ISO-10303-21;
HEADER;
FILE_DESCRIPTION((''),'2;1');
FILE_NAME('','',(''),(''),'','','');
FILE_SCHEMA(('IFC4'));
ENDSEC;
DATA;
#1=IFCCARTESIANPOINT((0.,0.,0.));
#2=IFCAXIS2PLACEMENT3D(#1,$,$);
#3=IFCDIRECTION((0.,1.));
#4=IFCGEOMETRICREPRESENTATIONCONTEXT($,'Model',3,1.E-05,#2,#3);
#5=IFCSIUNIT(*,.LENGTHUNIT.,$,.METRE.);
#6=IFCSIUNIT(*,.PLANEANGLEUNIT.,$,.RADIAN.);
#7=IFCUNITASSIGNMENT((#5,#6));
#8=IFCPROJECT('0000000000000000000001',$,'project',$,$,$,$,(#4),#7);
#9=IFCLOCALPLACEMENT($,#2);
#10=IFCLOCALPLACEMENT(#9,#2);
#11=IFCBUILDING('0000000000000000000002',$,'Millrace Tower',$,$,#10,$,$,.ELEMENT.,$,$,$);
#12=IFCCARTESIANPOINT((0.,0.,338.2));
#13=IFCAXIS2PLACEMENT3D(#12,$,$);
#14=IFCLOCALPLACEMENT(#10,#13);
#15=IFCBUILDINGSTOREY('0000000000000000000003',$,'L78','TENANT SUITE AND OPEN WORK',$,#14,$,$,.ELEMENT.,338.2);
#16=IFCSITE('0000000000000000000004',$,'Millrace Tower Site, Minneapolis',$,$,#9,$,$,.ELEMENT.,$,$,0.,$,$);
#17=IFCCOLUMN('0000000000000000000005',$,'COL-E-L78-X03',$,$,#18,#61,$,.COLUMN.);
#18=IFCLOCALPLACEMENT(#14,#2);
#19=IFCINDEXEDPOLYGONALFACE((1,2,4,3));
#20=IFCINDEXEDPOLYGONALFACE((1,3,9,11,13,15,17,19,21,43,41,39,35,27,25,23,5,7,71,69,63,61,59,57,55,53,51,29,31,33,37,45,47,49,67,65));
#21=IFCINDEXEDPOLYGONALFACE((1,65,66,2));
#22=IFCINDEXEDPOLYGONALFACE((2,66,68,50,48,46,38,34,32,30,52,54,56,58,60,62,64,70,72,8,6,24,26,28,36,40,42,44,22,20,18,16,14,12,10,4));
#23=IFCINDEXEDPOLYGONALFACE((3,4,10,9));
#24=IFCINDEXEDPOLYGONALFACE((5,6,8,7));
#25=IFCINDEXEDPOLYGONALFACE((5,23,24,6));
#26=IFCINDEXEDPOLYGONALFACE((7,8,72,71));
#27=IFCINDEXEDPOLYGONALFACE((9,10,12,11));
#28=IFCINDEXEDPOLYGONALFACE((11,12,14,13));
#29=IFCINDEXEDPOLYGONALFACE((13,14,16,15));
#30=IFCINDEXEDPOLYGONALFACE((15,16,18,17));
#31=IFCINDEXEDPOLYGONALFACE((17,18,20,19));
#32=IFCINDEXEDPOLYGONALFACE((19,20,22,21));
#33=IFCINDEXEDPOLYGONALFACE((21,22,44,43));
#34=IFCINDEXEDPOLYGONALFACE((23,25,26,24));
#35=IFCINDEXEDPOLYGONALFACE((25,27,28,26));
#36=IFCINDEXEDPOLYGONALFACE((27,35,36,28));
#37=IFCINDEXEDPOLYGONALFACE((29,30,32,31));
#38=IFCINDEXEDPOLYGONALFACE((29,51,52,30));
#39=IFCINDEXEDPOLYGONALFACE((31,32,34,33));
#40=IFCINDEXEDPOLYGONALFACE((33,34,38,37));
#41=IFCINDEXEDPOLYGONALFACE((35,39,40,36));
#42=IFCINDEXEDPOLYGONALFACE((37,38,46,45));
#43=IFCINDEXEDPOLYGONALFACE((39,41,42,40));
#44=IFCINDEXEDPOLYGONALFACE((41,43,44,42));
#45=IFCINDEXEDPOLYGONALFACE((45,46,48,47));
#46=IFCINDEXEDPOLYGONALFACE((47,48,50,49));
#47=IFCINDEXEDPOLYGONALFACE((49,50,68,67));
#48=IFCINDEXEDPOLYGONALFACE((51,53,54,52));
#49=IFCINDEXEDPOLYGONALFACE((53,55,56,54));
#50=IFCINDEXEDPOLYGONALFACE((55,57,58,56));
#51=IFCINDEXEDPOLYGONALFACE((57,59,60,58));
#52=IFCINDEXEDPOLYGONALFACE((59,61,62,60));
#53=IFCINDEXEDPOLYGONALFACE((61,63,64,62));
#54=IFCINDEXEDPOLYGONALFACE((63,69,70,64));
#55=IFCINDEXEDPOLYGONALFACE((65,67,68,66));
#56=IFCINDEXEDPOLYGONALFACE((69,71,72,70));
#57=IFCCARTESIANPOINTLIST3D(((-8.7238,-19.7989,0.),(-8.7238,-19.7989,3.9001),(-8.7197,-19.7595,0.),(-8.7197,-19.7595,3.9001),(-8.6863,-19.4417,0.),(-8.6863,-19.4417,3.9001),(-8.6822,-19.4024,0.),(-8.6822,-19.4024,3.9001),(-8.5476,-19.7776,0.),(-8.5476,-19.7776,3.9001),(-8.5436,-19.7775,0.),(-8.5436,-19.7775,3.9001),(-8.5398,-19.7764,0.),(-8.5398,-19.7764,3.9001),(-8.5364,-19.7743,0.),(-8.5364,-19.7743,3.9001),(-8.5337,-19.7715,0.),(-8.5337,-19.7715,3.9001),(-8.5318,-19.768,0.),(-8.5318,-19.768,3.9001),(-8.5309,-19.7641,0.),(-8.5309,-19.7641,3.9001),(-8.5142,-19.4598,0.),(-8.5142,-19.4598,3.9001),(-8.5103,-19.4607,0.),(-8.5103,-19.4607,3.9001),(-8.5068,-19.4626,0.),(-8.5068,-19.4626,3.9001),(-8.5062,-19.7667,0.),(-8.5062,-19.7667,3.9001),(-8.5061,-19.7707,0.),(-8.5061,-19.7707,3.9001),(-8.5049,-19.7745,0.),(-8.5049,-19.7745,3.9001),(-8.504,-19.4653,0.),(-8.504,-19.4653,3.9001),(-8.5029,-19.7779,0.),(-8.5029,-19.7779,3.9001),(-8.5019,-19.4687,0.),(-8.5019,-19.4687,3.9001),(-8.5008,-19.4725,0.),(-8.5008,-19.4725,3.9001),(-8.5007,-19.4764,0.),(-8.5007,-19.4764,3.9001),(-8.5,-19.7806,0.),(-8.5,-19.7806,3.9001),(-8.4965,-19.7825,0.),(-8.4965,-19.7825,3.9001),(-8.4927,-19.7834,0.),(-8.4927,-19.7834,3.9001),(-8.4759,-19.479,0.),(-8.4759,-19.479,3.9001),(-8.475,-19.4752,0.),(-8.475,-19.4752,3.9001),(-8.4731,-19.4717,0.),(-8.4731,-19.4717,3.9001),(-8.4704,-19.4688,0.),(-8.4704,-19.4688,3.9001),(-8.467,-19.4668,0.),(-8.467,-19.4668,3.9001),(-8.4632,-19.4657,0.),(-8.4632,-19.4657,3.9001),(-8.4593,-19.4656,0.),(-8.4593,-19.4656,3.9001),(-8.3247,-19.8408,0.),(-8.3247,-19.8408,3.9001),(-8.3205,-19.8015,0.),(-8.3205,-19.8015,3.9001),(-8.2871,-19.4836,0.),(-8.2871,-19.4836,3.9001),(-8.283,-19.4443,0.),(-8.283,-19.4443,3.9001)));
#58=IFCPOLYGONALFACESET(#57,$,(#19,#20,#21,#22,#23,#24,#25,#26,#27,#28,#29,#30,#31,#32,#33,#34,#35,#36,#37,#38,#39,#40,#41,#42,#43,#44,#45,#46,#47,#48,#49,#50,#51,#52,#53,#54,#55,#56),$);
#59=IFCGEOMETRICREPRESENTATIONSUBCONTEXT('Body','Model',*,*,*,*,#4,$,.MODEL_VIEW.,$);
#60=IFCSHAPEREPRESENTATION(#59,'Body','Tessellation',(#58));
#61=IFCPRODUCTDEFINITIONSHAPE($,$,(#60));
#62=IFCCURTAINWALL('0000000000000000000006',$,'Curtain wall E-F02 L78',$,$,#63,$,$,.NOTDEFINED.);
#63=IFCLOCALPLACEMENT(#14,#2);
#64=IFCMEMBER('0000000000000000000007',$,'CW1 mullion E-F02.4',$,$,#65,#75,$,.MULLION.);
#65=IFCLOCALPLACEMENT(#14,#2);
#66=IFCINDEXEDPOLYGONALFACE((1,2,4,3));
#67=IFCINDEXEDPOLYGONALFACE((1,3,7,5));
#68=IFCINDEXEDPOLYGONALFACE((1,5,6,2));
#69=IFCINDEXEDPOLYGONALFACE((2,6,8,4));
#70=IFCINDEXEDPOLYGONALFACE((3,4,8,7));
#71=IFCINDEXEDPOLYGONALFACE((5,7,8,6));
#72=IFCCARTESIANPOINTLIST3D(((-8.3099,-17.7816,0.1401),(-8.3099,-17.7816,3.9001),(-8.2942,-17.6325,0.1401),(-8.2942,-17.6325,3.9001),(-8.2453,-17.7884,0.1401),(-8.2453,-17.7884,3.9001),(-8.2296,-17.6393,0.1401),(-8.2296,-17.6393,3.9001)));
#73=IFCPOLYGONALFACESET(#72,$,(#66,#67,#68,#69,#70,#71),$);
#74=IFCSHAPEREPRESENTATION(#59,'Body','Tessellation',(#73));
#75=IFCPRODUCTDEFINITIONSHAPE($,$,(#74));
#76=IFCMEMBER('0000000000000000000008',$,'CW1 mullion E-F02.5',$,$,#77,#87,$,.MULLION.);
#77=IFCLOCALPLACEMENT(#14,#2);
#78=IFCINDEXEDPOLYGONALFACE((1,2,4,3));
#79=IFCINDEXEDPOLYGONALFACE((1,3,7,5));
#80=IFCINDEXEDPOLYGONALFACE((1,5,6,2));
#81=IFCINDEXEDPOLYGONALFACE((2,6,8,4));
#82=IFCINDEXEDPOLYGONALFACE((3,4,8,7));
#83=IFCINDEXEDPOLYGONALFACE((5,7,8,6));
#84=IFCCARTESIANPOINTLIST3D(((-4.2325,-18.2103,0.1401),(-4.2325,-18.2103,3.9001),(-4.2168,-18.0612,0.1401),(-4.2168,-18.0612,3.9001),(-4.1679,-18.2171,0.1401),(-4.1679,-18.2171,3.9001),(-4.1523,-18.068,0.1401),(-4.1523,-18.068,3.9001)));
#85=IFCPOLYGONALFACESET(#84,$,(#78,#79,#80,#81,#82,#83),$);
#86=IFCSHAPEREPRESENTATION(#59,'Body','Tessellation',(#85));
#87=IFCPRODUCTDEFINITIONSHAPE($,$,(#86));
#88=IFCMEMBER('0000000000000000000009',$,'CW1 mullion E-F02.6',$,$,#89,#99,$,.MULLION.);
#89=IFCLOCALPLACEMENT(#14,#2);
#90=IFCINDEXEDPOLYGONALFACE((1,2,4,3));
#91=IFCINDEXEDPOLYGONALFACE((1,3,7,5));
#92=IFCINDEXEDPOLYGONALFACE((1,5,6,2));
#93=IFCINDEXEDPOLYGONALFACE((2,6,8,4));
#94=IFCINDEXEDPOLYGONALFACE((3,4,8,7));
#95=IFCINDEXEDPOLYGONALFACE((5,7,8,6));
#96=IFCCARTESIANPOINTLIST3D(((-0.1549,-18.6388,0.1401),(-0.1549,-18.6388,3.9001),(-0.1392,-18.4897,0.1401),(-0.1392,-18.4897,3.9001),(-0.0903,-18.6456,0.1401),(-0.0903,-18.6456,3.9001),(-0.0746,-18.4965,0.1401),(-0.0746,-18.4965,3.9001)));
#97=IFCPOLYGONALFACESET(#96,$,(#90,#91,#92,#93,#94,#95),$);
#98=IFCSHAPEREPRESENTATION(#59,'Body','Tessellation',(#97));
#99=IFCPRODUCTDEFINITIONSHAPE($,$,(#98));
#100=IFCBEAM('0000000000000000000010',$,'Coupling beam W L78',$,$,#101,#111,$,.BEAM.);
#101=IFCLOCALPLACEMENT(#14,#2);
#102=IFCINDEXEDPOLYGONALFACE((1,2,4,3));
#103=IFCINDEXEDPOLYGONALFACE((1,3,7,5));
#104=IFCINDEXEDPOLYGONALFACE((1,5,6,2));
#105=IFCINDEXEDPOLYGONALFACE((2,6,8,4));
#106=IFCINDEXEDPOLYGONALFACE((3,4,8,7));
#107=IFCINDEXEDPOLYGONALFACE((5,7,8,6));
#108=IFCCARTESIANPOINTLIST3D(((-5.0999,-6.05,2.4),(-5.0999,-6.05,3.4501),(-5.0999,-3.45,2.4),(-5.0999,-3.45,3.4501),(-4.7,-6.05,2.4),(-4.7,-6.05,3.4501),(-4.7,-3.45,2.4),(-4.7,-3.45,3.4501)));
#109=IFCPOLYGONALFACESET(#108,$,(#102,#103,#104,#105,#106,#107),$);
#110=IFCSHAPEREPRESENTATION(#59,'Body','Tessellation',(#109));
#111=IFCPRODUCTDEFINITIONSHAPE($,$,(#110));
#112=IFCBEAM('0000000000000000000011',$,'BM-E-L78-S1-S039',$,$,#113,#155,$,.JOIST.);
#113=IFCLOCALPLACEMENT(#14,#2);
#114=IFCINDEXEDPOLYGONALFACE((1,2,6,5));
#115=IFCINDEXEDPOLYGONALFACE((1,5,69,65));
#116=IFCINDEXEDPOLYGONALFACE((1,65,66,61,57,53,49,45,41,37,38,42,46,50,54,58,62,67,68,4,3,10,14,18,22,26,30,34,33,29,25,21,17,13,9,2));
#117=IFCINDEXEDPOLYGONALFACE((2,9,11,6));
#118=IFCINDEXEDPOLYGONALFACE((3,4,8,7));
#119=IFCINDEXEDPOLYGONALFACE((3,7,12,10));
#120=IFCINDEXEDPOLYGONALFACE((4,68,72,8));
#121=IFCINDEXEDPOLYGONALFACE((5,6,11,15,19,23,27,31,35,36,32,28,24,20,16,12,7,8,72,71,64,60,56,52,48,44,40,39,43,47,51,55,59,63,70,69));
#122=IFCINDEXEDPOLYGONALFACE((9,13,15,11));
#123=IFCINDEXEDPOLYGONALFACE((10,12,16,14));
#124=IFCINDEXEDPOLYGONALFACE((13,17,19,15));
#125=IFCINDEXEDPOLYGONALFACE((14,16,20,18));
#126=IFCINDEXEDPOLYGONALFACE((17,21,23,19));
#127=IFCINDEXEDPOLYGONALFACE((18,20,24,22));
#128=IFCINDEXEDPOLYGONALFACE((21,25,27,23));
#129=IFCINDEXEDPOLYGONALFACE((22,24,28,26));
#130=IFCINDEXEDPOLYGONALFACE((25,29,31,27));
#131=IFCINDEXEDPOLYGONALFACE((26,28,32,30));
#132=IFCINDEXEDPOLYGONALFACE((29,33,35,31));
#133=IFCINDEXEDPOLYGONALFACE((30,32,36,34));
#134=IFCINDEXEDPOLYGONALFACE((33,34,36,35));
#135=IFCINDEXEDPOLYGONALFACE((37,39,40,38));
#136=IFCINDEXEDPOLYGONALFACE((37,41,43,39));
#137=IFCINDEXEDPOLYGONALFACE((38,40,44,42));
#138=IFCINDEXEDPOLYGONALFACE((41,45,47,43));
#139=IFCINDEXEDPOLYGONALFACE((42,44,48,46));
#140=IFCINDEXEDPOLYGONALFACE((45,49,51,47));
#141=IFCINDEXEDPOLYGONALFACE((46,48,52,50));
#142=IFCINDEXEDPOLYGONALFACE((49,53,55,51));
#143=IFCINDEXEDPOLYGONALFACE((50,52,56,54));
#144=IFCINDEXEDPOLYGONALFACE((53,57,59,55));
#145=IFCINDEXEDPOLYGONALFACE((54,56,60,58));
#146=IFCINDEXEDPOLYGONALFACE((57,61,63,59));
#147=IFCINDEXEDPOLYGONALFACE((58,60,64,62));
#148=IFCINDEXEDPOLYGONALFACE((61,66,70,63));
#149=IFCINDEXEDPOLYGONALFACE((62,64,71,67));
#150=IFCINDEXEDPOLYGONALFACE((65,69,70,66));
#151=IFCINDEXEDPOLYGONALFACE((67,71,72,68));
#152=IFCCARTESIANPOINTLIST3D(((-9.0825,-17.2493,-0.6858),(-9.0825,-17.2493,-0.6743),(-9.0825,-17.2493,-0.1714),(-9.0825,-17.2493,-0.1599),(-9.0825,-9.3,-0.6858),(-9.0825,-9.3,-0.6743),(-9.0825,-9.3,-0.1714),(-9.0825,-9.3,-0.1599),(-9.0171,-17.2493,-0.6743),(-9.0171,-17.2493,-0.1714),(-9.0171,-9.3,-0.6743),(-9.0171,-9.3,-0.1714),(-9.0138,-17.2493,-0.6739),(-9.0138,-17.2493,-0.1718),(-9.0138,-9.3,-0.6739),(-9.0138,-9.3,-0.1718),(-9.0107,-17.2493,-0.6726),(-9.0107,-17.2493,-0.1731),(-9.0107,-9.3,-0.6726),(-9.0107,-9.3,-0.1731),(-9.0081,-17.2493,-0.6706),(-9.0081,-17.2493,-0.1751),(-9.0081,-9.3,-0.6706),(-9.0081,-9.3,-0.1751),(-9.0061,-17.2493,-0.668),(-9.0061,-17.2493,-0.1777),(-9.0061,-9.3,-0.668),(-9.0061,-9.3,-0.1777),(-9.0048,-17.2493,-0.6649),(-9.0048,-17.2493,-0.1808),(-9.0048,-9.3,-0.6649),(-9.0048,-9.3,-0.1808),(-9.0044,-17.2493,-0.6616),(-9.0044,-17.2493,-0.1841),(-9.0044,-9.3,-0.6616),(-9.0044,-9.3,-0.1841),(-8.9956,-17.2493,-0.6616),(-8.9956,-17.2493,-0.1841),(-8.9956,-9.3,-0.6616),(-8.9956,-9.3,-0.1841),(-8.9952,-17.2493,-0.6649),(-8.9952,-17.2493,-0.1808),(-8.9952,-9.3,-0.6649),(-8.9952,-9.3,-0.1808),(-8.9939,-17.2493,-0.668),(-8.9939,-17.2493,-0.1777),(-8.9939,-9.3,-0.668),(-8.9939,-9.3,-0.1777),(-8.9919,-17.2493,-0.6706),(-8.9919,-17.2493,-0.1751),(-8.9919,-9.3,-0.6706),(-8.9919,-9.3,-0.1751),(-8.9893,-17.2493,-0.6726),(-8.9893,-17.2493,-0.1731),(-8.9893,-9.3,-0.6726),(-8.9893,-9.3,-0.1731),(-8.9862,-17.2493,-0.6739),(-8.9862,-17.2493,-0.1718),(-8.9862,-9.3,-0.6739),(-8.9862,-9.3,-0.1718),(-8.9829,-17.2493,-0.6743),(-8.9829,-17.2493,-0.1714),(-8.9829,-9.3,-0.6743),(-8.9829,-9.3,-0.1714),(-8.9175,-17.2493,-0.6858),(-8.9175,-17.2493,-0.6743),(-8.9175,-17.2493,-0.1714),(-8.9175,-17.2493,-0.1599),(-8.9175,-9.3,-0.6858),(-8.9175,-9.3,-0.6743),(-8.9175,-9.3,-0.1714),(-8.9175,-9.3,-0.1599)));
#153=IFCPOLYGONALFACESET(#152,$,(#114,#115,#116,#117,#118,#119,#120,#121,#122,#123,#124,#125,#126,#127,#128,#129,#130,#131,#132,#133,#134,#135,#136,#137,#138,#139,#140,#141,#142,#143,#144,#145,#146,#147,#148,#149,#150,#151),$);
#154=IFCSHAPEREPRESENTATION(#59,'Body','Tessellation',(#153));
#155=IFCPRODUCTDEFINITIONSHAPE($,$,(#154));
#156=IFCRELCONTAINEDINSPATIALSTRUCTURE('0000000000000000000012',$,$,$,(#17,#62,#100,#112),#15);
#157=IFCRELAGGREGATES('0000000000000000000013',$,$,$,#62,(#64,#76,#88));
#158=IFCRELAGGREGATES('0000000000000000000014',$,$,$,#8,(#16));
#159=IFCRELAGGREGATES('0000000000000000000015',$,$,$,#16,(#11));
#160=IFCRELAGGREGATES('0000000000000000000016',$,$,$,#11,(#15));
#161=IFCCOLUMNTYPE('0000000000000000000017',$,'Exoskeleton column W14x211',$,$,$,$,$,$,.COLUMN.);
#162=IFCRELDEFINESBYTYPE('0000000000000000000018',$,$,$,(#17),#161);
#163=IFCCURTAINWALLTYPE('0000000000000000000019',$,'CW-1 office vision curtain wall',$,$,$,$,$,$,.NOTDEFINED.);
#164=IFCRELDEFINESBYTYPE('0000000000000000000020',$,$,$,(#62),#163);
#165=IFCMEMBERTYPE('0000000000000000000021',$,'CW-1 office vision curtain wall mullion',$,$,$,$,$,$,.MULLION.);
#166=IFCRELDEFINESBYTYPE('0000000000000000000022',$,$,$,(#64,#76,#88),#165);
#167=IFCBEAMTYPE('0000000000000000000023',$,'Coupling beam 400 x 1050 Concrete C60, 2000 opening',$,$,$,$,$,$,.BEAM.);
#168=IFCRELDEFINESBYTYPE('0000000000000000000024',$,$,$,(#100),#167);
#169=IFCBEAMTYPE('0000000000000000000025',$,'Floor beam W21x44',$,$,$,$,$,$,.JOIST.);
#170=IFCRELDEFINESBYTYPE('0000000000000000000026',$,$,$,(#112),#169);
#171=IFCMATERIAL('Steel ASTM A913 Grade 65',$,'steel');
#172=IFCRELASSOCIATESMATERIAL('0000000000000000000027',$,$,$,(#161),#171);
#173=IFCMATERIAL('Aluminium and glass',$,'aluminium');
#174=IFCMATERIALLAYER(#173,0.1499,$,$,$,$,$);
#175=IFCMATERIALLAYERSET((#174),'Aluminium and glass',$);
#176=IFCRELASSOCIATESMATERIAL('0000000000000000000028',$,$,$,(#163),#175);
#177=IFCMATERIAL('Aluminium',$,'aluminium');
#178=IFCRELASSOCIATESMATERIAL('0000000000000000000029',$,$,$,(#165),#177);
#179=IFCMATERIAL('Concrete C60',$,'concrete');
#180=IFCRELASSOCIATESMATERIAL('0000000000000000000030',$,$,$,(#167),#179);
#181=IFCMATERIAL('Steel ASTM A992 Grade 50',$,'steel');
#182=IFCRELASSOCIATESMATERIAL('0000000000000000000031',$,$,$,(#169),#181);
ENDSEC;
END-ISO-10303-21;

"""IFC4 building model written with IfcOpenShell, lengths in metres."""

from ifc_helpers import new_model, si_unit, direction, frame, origin, origin_2d, place, context, subcontext, project, spatial, rectangle, i_section, extrude, material, layer, layer_set, material_profile, profile_set, type_object, element, aggregate, save


model = new_model("IFC4")

# Units and contexts
model_context = context("Model", 3, precision=1e-05, world=origin(), true_north=direction((0.0, 1.0)))
body_context = subcontext(model_context, "Body", "Model", "MODEL_VIEW")
ifc_project = project(units=[si_unit("LENGTHUNIT", "METRE"), si_unit("PLANEANGLEUNIT", "RADIAN")], contexts=[model_context])

# Site, building, storey
site_placement = place(None, origin())
site = spatial("IfcSite", under=ifc_project, at=site_placement, Name="Millrace Tower Site, Minneapolis", CompositionType="ELEMENT", RefElevation=0.0)
building_placement = place(site_placement, origin())
building = spatial("IfcBuilding", under=site, at=building_placement, Name="Millrace Tower", CompositionType="ELEMENT")
storey_placement = place(building_placement, frame((0.0, 0.0, 338.2)))
storey = spatial("IfcBuildingStorey", under=building, at=storey_placement, Name="L78", Description="TENANT SUITE AND OPEN WORK", CompositionType="ELEMENT", Elevation=338.2)

# Column
ifc_material_1 = material(Name="Steel ASTM A913 Grade 65", Category="steel")
ifc_material_profile_1 = material_profile(ifc_material_1, i_section(OverallWidth=0.4014, OverallDepth=0.3987, WebThickness=0.0249, FlangeThickness=0.0396, FilletRadius=0.0151, at=origin_2d()))
ifc_profile_set_1 = profile_set([ifc_material_profile_1], Name="Steel ASTM A913 Grade 65")
column_type = type_object("IfcColumnType", Name="Exoskeleton column W14x211", PredefinedType="COLUMN", material=ifc_profile_set_1)
column_placement = place(storey_placement, frame((-8.5034, -19.6216, 0.0), z_axis=(0.0, 0.0, 1.0), x_axis=(0.994522, -0.104528, 0.0)))
element("IfcColumn", 1, at=column_placement, inside=storey, type_object=column_type, Name="COL-E-L78-X03", PredefinedType="COLUMN", context=body_context, shape_type="SweptSolid", body=[
    extrude(i_section(OverallWidth=0.4014, OverallDepth=0.3987, WebThickness=0.0249, FlangeThickness=0.0396, FilletRadius=0.0151, at=origin_2d()), origin(), (0.0, 0.0, 1.0), 3.9001),
])

# Curtain wall, members
ifc_material_2 = material(Name="Aluminium and glass", Category="aluminium")
ifc_layer_1 = layer(ifc_material_2, 0.1499)
ifc_layer_set_1 = layer_set([ifc_layer_1], Name="Aluminium and glass")
curtain_wall_type = type_object("IfcCurtainWallType", Name="CW-1 office vision curtain wall", PredefinedType="NOTDEFINED", material=ifc_layer_set_1)
curtain_wall_placement = place(storey_placement, origin())
curtain_wall = element("IfcCurtainWall", 2, at=curtain_wall_placement, inside=storey, type_object=curtain_wall_type, Name="Curtain wall E-F02 L78", PredefinedType="NOTDEFINED")
ifc_material_3 = material(Name="Aluminium", Category="aluminium")
ifc_material_profile_2 = material_profile(ifc_material_3, rectangle(XDim=0.0649, YDim=0.1499, at=origin_2d()))
ifc_profile_set_2 = profile_set([ifc_material_profile_2], Name="Aluminium")
member_type = type_object("IfcMemberType", Name="CW-1 office vision curtain wall mullion", PredefinedType="MULLION", material=ifc_profile_set_2)
member_1_placement = place(storey_placement, frame((-8.2698, -17.7104, 0.1401), z_axis=(0.0, 0.0, 1.0), x_axis=(0.994522, -0.104528, 0.0)))
member_1 = element("IfcMember", 3, at=member_1_placement, type_object=member_type, Name="CW1 mullion E-F02.4", PredefinedType="MULLION", context=body_context, shape_type="SweptSolid", body=[
    extrude(rectangle(XDim=0.0649, YDim=0.1499, at=origin_2d()), origin(), (0.0, 0.0, 1.0), 3.76),
])
member_2_placement = place(storey_placement, frame((-4.1924, -18.1392, 0.1401), z_axis=(0.0, 0.0, 1.0), x_axis=(0.994522, -0.104528, 0.0)))
member_2 = element("IfcMember", 4, at=member_2_placement, type_object=member_type, Name="CW1 mullion E-F02.5", PredefinedType="MULLION", context=body_context, shape_type="SweptSolid", body=[
    extrude(rectangle(XDim=0.0649, YDim=0.1499, at=origin_2d()), origin(), (0.0, 0.0, 1.0), 3.76),
])
member_3_placement = place(storey_placement, frame((-0.1147, -18.5676, 0.1401), z_axis=(0.0, 0.0, 1.0), x_axis=(0.994522, -0.104528, 0.0)))
member_3 = element("IfcMember", 5, at=member_3_placement, type_object=member_type, Name="CW1 mullion E-F02.6", PredefinedType="MULLION", context=body_context, shape_type="SweptSolid", body=[
    extrude(rectangle(XDim=0.0649, YDim=0.1499, at=origin_2d()), origin(), (0.0, 0.0, 1.0), 3.76),
])
aggregate(curtain_wall, [member_1, member_2, member_3])

# Beams
ifc_material_4 = material(Name="Concrete C60", Category="concrete")
ifc_material_profile_3 = material_profile(ifc_material_4, rectangle(XDim=0.3999, YDim=1.05, at=origin_2d()))
ifc_profile_set_3 = profile_set([ifc_material_profile_3], Name="Concrete C60")
beam_type_1 = type_object("IfcBeamType", Name="Coupling beam 400 x 1050 Concrete C60, 2000 opening", PredefinedType="BEAM", material=ifc_profile_set_3)
beam_1_placement = place(storey_placement, frame((-4.8999, -6.05, 2.925), z_axis=(0.0, 1.0, 0.0), x_axis=(-1.0, 0.0, 0.0)))
element("IfcBeam", 6, at=beam_1_placement, inside=storey, type_object=beam_type_1, Name="Coupling beam W L78", PredefinedType="BEAM", context=body_context, shape_type="SweptSolid", body=[
    extrude(rectangle(XDim=0.3999, YDim=1.05, at=origin_2d()), origin(), (0.0, 0.0, 1.0), 2.6001),
])
ifc_material_5 = material(Name="Steel ASTM A992 Grade 50", Category="steel")
ifc_material_profile_4 = material_profile(ifc_material_5, i_section(OverallWidth=0.165, OverallDepth=0.5259, WebThickness=0.0088, FlangeThickness=0.0115, FilletRadius=0.0127, at=origin_2d()))
ifc_profile_set_4 = profile_set([ifc_material_profile_4], Name="Steel ASTM A992 Grade 50")
beam_type_2 = type_object("IfcBeamType", Name="Floor beam W21x44", PredefinedType="JOIST", material=ifc_profile_set_4)
beam_2_placement = place(storey_placement, frame((-9.0, -17.2493, -0.4229), z_axis=(0.0, 1.0, 0.0), x_axis=(-1.0, 0.0, 0.0)))
element("IfcBeam", 7, at=beam_2_placement, inside=storey, type_object=beam_type_2, Name="BM-E-L78-S1-S039", PredefinedType="JOIST", context=body_context, shape_type="SweptSolid", body=[
    extrude(i_section(OverallWidth=0.165, OverallDepth=0.5259, WebThickness=0.0088, FlangeThickness=0.0115, FilletRadius=0.0127, at=origin_2d()), origin(), (0.0, 0.0, 1.0), 7.9492),
])

save(model, "model.ifc")
